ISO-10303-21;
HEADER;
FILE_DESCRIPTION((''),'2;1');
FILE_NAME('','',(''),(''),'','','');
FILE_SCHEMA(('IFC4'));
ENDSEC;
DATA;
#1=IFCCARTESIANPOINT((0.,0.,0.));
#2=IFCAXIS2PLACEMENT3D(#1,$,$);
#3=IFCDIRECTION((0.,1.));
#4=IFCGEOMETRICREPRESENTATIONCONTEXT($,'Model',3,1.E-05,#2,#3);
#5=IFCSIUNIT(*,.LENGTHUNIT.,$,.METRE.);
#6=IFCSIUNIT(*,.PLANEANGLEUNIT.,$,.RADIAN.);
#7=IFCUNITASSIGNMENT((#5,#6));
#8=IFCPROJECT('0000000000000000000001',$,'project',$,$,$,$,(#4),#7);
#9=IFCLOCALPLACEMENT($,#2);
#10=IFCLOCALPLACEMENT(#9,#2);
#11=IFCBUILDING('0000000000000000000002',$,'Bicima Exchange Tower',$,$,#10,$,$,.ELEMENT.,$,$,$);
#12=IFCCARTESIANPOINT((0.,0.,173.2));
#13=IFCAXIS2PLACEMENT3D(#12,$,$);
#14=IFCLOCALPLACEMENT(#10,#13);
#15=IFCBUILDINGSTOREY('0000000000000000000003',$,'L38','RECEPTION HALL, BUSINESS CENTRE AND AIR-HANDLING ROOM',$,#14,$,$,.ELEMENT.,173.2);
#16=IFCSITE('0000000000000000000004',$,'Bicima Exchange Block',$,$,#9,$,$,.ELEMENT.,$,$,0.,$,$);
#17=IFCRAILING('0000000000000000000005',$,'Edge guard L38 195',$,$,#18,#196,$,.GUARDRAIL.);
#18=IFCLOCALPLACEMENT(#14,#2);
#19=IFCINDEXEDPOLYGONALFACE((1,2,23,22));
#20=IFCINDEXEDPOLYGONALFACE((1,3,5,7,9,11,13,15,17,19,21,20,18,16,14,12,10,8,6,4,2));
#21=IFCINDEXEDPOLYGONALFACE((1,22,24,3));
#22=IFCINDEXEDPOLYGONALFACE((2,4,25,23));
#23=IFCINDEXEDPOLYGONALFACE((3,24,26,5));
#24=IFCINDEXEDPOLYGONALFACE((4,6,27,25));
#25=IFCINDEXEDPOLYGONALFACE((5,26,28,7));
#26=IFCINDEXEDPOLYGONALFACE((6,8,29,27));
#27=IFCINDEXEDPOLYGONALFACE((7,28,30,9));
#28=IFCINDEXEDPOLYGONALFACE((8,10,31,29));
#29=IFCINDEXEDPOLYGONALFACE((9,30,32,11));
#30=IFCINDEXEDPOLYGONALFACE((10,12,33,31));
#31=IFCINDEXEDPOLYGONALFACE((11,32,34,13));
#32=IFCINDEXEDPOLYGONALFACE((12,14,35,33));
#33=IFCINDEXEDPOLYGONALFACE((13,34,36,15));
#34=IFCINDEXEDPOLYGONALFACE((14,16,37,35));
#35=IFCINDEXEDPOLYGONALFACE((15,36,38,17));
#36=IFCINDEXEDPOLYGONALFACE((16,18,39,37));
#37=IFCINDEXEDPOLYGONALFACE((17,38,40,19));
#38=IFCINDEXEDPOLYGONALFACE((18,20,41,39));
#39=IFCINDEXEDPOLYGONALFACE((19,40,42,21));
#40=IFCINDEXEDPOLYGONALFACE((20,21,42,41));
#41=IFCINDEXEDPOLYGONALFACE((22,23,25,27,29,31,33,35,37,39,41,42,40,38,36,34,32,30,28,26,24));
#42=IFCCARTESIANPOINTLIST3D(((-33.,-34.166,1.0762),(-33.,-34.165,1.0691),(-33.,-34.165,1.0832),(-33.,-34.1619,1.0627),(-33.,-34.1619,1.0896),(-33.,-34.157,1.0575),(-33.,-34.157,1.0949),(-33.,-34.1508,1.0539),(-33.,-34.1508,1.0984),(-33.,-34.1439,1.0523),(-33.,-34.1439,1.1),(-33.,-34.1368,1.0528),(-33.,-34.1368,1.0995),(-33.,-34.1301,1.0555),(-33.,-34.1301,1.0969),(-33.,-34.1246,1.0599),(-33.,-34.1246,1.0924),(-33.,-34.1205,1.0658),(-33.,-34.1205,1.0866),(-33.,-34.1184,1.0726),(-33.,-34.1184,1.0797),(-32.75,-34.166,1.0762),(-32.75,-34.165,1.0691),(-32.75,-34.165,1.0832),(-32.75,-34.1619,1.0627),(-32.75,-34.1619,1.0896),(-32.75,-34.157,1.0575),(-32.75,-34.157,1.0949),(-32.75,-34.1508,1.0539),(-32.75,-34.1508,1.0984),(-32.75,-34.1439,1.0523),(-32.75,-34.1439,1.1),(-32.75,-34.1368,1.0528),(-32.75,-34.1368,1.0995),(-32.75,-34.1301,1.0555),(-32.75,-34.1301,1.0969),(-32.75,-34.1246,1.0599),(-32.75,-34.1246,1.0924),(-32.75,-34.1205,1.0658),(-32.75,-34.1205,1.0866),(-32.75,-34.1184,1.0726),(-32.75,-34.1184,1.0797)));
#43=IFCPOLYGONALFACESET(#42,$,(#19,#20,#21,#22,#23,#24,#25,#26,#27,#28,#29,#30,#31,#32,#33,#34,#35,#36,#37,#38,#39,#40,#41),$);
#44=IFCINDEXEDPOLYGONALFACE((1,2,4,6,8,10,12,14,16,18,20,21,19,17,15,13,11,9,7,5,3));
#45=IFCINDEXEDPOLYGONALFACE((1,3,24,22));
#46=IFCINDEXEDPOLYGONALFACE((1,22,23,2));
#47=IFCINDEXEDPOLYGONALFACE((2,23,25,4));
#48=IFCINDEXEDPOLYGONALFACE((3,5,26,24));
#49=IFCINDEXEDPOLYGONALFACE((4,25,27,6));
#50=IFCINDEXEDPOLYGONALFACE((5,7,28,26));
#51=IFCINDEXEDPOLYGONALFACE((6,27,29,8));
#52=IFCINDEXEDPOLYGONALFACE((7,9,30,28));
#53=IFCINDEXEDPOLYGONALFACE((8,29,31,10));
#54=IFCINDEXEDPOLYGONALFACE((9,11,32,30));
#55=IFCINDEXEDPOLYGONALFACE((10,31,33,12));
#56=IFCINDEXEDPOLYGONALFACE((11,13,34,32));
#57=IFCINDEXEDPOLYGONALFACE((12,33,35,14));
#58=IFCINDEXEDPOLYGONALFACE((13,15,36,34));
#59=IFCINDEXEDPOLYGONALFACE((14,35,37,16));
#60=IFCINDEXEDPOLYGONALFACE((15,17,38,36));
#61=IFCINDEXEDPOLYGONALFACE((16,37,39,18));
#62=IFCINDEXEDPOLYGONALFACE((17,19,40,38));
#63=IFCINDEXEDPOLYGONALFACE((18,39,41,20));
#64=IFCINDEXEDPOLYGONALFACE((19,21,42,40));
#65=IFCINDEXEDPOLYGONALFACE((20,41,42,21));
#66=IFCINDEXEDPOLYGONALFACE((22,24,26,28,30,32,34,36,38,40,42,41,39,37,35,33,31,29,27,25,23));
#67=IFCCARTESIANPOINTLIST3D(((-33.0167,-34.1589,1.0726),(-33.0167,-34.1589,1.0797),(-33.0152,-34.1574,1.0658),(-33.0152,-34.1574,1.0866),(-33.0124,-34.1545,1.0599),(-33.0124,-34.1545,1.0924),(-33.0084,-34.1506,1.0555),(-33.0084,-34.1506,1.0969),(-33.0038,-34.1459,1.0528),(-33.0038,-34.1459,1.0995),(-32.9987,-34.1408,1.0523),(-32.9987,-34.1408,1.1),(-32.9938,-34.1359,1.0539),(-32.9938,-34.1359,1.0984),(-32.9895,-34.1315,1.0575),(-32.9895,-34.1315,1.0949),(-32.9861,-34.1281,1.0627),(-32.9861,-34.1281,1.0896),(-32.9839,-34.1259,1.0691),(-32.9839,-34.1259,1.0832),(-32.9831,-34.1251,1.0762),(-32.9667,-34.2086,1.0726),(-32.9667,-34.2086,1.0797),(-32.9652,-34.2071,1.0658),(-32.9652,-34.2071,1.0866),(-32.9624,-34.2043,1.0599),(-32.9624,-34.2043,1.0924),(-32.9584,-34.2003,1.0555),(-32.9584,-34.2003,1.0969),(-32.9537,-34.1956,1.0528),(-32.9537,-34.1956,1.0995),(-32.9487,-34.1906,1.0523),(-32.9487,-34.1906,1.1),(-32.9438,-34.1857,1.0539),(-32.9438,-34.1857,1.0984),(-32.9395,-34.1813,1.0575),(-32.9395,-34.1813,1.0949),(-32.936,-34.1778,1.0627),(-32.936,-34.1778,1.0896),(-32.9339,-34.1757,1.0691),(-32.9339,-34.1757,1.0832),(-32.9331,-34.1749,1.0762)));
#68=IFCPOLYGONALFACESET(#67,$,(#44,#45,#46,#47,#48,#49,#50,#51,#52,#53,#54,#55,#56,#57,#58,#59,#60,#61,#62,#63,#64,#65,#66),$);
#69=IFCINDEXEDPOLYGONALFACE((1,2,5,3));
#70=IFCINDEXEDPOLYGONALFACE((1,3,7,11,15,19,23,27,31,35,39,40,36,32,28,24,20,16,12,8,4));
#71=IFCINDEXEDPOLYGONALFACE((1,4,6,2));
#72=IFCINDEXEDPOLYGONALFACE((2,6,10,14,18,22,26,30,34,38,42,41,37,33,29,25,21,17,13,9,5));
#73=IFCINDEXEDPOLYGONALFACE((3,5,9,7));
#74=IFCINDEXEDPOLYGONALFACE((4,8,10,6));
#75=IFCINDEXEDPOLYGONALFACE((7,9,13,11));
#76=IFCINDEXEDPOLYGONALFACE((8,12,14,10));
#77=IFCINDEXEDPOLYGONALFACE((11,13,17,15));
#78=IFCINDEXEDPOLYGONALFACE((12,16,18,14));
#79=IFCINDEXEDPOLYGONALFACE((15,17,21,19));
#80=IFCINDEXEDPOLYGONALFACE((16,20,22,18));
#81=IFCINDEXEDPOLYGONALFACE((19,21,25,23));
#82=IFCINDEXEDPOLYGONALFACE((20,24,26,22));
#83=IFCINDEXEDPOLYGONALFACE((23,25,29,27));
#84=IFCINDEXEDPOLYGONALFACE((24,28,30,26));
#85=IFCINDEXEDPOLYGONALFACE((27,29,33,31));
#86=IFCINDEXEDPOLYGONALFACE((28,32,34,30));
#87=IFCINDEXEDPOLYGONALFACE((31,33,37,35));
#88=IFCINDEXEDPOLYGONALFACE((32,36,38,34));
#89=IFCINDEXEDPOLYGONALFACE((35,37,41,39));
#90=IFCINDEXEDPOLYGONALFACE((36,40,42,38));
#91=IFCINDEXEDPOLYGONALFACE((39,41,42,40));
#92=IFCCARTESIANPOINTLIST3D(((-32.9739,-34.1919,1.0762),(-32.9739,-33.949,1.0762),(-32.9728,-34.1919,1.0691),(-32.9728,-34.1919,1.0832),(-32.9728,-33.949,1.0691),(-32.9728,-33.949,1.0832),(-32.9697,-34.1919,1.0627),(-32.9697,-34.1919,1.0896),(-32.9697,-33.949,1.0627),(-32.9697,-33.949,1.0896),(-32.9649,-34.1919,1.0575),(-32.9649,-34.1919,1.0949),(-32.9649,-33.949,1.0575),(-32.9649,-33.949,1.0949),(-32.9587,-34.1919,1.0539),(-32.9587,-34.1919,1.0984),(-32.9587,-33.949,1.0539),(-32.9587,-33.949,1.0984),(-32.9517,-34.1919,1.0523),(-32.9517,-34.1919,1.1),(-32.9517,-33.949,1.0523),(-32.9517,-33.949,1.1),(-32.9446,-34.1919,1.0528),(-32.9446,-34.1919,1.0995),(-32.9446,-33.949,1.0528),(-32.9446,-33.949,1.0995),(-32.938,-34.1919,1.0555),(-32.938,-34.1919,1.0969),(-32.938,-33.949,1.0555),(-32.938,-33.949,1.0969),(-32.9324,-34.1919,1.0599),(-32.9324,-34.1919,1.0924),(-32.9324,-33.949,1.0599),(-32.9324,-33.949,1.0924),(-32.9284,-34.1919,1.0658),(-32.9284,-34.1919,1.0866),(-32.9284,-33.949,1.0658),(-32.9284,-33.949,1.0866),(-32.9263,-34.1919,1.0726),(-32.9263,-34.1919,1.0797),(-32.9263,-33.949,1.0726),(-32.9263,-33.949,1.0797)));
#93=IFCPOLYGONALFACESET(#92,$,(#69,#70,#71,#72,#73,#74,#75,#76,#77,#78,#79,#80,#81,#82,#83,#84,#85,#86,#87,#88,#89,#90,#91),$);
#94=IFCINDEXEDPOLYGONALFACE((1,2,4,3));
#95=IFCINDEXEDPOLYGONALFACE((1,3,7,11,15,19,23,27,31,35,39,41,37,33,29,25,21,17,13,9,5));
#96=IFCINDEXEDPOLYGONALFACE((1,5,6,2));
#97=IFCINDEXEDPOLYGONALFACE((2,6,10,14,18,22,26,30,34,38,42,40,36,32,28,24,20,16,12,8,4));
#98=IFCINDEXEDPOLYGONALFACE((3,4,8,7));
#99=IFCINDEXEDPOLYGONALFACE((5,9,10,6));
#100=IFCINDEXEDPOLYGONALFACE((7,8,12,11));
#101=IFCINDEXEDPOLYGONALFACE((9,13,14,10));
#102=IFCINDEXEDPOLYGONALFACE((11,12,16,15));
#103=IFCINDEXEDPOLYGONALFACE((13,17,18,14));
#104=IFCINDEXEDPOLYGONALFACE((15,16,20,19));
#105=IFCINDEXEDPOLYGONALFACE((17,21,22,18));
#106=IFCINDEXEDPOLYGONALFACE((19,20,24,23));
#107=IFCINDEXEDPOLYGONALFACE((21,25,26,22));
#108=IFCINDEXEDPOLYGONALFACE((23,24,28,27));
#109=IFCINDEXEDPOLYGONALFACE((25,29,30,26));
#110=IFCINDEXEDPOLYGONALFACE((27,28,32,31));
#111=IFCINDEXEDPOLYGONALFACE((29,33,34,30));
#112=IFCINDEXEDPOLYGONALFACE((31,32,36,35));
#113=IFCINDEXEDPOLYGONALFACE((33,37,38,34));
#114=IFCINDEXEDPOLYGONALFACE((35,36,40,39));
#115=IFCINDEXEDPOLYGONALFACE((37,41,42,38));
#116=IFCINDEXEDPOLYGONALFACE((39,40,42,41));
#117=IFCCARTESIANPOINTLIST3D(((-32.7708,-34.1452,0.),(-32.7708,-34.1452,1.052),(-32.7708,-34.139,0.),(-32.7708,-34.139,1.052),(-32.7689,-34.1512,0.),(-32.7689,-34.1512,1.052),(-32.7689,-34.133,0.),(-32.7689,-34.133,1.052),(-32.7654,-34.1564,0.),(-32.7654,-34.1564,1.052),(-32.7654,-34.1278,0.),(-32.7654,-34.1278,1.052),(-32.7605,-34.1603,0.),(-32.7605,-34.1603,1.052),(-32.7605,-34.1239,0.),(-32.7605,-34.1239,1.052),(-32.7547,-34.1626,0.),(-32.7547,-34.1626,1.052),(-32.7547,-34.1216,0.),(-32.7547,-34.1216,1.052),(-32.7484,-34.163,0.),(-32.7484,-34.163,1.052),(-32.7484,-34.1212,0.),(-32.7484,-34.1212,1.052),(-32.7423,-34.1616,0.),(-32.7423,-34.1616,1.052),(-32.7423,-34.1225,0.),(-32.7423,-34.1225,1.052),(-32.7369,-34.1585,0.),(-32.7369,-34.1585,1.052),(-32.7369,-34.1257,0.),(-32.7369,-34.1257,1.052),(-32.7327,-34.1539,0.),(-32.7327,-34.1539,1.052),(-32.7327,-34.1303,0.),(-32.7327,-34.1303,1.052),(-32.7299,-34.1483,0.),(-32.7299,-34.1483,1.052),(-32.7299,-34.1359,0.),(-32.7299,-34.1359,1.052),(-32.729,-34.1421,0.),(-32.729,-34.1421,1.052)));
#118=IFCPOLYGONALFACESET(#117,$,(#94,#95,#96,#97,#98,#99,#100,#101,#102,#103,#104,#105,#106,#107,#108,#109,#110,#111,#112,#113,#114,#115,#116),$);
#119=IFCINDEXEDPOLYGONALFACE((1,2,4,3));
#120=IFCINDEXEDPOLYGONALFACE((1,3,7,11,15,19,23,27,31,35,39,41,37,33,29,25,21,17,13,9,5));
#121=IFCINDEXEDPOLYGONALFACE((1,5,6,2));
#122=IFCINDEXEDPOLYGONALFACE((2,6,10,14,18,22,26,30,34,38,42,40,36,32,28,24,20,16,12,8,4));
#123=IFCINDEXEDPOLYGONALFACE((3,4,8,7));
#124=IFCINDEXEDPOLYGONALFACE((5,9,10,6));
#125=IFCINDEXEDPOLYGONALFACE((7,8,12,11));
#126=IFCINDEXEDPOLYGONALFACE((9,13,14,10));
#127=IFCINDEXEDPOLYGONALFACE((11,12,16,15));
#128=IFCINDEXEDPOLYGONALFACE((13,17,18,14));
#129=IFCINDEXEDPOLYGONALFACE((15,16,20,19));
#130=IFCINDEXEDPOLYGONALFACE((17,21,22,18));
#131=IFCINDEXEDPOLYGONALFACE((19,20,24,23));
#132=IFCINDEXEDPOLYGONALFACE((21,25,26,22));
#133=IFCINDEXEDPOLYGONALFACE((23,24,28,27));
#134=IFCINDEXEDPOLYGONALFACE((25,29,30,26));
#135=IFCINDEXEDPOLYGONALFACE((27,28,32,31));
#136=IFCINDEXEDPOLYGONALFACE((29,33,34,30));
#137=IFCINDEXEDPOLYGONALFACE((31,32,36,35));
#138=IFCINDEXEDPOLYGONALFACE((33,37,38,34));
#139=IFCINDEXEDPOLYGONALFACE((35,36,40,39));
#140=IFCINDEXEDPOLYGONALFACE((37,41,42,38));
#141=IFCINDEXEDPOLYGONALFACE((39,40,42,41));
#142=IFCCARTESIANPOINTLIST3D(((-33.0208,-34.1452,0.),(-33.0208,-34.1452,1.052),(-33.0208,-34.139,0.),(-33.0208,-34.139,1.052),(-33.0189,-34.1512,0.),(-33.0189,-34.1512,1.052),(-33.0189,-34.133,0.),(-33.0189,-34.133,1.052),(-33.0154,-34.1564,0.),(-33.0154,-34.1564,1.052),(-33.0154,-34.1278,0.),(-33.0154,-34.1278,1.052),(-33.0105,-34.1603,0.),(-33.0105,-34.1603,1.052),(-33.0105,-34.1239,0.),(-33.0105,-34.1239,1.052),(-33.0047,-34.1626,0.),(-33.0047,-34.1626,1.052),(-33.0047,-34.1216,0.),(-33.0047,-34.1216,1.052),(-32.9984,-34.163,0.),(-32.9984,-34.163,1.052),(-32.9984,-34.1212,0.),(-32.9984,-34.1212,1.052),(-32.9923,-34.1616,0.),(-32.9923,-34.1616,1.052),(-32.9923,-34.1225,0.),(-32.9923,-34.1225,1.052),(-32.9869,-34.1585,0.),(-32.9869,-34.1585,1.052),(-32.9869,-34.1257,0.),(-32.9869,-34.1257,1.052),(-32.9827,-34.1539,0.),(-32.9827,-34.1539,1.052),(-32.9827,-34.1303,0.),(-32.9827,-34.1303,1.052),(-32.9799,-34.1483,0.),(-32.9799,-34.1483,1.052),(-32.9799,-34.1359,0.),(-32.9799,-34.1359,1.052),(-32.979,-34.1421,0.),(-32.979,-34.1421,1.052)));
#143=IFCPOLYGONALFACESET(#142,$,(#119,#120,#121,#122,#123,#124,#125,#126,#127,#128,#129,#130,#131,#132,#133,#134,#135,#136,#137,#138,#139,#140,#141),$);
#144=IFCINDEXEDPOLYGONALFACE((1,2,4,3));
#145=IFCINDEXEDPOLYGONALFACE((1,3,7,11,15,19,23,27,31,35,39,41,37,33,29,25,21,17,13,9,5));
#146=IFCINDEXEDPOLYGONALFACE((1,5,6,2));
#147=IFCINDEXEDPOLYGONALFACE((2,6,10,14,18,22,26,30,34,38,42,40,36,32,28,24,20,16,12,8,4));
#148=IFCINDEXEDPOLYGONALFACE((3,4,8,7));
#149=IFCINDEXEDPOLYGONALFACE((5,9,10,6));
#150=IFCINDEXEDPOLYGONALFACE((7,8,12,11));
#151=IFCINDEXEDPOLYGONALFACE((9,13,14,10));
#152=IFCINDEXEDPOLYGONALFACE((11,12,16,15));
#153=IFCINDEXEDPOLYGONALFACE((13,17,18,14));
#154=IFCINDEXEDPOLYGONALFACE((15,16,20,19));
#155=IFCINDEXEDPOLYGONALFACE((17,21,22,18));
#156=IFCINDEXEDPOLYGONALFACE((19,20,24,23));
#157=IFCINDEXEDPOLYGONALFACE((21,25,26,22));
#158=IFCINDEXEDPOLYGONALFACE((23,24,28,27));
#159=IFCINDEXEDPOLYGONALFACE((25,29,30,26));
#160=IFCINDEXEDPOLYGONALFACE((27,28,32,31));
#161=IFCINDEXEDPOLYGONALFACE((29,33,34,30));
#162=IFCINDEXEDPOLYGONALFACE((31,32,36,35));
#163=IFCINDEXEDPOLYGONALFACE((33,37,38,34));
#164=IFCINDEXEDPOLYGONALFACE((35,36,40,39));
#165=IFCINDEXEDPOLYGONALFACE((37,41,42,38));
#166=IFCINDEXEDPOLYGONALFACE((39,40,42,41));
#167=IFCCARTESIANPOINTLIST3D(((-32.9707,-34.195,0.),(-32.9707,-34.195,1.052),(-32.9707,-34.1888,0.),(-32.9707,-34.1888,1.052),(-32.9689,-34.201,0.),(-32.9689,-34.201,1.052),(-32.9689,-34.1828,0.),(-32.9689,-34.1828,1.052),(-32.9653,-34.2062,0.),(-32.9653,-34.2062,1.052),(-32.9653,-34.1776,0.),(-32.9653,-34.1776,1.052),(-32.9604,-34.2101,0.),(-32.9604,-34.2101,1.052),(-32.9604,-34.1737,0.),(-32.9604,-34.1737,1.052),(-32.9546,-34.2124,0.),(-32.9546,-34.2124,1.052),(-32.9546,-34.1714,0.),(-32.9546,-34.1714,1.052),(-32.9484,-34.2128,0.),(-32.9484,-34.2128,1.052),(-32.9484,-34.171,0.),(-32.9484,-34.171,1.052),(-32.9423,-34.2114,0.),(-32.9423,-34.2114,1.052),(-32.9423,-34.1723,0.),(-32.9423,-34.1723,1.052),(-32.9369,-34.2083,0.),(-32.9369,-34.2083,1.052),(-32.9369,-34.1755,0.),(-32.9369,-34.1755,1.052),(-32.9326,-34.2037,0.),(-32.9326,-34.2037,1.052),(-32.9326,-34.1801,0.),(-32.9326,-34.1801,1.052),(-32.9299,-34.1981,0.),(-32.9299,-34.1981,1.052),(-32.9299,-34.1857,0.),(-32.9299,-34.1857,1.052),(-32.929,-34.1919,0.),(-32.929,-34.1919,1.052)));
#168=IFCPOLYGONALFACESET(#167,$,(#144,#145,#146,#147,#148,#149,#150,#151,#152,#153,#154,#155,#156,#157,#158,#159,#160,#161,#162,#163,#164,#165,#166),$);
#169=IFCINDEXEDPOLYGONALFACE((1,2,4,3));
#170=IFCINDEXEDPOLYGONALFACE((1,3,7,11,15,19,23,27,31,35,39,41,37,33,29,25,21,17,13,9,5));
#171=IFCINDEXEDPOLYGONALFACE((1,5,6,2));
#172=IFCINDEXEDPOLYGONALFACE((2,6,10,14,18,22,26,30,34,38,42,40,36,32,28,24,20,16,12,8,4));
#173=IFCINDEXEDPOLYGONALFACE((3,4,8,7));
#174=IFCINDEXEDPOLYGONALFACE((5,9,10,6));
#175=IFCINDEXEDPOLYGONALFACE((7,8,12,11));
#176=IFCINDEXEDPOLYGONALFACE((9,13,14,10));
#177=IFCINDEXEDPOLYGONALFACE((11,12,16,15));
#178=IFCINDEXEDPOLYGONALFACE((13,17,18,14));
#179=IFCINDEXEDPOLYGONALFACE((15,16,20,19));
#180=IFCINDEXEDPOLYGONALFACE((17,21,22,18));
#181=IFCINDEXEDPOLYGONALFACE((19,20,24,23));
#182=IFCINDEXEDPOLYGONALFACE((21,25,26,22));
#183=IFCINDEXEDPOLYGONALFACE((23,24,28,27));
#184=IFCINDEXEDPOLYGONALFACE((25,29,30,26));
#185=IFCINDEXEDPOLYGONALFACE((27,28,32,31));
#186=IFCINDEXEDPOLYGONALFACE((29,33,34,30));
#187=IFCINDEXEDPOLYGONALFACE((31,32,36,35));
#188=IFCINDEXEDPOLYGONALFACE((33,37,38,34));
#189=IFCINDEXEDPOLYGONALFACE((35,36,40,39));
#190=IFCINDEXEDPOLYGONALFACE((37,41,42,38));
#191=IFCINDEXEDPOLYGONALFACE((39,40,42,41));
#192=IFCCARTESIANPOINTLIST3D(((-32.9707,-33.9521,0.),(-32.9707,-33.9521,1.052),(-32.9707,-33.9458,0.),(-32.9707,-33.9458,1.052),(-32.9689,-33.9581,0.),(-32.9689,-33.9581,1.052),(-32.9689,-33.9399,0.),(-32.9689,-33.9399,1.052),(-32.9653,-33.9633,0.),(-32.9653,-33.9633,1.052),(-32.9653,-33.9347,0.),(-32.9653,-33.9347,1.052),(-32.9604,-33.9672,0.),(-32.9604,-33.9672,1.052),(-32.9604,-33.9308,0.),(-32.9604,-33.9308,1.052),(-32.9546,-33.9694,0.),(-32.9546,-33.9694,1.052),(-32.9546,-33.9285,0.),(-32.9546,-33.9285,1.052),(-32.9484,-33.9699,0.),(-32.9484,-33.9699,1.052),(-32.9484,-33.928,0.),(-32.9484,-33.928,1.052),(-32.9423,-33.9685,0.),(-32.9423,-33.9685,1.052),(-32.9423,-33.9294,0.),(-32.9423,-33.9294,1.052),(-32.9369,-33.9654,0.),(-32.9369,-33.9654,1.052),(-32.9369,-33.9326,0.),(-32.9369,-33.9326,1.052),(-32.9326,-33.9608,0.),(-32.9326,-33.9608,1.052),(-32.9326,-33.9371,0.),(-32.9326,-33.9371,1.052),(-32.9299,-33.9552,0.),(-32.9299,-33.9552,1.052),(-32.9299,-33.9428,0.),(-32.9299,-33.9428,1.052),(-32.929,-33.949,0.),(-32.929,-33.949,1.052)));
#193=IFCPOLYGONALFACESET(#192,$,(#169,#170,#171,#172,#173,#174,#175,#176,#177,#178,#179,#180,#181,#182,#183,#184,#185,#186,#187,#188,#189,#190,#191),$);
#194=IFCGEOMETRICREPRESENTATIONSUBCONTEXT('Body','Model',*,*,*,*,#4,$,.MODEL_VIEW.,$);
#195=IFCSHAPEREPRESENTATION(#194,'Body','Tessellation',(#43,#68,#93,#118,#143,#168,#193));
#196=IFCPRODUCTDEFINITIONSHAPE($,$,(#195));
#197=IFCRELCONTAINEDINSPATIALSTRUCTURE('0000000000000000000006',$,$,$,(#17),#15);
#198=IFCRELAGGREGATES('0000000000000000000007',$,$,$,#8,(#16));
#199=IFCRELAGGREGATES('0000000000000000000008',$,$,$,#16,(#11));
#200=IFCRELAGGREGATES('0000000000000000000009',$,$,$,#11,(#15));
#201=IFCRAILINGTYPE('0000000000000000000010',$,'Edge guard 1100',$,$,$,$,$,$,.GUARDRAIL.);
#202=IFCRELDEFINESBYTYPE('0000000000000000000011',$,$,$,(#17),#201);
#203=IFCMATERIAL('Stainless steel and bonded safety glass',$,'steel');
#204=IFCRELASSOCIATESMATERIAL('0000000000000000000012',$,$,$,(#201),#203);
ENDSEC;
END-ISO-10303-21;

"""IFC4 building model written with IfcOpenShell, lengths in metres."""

from ifc_helpers import new_model, si_unit, direction, frame, origin, origin_2d, place, context, subcontext, project, spatial, circle, extrude, material, type_object, element, save


model = new_model("IFC4")

# Units and contexts
model_context = context("Model", 3, precision=1e-05, world=origin(), true_north=direction((0.0, 1.0)))
body_context = subcontext(model_context, "Body", "Model", "MODEL_VIEW")
ifc_project = project(units=[si_unit("LENGTHUNIT", "METRE"), si_unit("PLANEANGLEUNIT", "RADIAN")], contexts=[model_context])

# Site, building, storey
site_placement = place(None, origin())
site = spatial("IfcSite", under=ifc_project, at=site_placement, Name="Bicima Exchange Block", CompositionType="ELEMENT", RefElevation=0.0)
building_placement = place(site_placement, origin())
building = spatial("IfcBuilding", under=site, at=building_placement, Name="Bicima Exchange Tower", CompositionType="ELEMENT")
storey_placement = place(building_placement, frame((0.0, 0.0, 173.2)))
storey = spatial("IfcBuildingStorey", under=building, at=storey_placement, Name="L38", Description="RECEPTION HALL, BUSINESS CENTRE AND AIR-HANDLING ROOM", CompositionType="ELEMENT", Elevation=173.2)

# Railing
ifc_material_1 = material(Name="Stainless steel and bonded safety glass", Category="steel")
railing_type = type_object("IfcRailingType", Name="Edge guard 1100", PredefinedType="GUARDRAIL", material=ifc_material_1)
railing_1_placement = place(storey_placement, frame((-32.75, -34.1421, 0.0)))
element("IfcRailing", 1, at=railing_1_placement, inside=storey, type_object=railing_type, Name="Edge guard L38 195", PredefinedType="GUARDRAIL", context=body_context, shape_type="SweptSolid", body=[
    extrude(circle(Radius=0.0239, at=origin_2d()), frame((0.0, 0.0, 1.0762), z_axis=(-1.0, 0.0, 0.0), x_axis=(0.0, -1.0, 0.0)), (0.0, 0.0, 1.0), 0.25),
    extrude(circle(Radius=0.0239, at=origin_2d()), frame((-0.25, 0.0, 1.0762), z_axis=(0.708834, -0.705376, 0.0), x_axis=(0.705376, 0.708834, 0.0)), (0.0, 0.0, 1.0), 0.0706),
    extrude(circle(Radius=0.0239, at=origin_2d()), frame((-0.2, -0.0498, 1.0762), z_axis=(0.0, 1.0, 0.0), x_axis=(-1.0, 0.0, 0.0)), (0.0, 0.0, 1.0), 0.2429),
    extrude(circle(Radius=0.021, at=origin_2d()), origin(), (0.0, 0.0, 1.0), 1.052),
    extrude(circle(Radius=0.021, at=origin_2d()), frame((-0.25, 0.0, 0.0)), (0.0, 0.0, 1.0), 1.052),
    extrude(circle(Radius=0.021, at=origin_2d()), frame((-0.2, -0.0498, 0.0)), (0.0, 0.0, 1.0), 1.052),
    extrude(circle(Radius=0.021, at=origin_2d()), frame((-0.2, 0.1931, 0.0)), (0.0, 0.0, 1.0), 1.052),
])

save(model, "model.ifc")
